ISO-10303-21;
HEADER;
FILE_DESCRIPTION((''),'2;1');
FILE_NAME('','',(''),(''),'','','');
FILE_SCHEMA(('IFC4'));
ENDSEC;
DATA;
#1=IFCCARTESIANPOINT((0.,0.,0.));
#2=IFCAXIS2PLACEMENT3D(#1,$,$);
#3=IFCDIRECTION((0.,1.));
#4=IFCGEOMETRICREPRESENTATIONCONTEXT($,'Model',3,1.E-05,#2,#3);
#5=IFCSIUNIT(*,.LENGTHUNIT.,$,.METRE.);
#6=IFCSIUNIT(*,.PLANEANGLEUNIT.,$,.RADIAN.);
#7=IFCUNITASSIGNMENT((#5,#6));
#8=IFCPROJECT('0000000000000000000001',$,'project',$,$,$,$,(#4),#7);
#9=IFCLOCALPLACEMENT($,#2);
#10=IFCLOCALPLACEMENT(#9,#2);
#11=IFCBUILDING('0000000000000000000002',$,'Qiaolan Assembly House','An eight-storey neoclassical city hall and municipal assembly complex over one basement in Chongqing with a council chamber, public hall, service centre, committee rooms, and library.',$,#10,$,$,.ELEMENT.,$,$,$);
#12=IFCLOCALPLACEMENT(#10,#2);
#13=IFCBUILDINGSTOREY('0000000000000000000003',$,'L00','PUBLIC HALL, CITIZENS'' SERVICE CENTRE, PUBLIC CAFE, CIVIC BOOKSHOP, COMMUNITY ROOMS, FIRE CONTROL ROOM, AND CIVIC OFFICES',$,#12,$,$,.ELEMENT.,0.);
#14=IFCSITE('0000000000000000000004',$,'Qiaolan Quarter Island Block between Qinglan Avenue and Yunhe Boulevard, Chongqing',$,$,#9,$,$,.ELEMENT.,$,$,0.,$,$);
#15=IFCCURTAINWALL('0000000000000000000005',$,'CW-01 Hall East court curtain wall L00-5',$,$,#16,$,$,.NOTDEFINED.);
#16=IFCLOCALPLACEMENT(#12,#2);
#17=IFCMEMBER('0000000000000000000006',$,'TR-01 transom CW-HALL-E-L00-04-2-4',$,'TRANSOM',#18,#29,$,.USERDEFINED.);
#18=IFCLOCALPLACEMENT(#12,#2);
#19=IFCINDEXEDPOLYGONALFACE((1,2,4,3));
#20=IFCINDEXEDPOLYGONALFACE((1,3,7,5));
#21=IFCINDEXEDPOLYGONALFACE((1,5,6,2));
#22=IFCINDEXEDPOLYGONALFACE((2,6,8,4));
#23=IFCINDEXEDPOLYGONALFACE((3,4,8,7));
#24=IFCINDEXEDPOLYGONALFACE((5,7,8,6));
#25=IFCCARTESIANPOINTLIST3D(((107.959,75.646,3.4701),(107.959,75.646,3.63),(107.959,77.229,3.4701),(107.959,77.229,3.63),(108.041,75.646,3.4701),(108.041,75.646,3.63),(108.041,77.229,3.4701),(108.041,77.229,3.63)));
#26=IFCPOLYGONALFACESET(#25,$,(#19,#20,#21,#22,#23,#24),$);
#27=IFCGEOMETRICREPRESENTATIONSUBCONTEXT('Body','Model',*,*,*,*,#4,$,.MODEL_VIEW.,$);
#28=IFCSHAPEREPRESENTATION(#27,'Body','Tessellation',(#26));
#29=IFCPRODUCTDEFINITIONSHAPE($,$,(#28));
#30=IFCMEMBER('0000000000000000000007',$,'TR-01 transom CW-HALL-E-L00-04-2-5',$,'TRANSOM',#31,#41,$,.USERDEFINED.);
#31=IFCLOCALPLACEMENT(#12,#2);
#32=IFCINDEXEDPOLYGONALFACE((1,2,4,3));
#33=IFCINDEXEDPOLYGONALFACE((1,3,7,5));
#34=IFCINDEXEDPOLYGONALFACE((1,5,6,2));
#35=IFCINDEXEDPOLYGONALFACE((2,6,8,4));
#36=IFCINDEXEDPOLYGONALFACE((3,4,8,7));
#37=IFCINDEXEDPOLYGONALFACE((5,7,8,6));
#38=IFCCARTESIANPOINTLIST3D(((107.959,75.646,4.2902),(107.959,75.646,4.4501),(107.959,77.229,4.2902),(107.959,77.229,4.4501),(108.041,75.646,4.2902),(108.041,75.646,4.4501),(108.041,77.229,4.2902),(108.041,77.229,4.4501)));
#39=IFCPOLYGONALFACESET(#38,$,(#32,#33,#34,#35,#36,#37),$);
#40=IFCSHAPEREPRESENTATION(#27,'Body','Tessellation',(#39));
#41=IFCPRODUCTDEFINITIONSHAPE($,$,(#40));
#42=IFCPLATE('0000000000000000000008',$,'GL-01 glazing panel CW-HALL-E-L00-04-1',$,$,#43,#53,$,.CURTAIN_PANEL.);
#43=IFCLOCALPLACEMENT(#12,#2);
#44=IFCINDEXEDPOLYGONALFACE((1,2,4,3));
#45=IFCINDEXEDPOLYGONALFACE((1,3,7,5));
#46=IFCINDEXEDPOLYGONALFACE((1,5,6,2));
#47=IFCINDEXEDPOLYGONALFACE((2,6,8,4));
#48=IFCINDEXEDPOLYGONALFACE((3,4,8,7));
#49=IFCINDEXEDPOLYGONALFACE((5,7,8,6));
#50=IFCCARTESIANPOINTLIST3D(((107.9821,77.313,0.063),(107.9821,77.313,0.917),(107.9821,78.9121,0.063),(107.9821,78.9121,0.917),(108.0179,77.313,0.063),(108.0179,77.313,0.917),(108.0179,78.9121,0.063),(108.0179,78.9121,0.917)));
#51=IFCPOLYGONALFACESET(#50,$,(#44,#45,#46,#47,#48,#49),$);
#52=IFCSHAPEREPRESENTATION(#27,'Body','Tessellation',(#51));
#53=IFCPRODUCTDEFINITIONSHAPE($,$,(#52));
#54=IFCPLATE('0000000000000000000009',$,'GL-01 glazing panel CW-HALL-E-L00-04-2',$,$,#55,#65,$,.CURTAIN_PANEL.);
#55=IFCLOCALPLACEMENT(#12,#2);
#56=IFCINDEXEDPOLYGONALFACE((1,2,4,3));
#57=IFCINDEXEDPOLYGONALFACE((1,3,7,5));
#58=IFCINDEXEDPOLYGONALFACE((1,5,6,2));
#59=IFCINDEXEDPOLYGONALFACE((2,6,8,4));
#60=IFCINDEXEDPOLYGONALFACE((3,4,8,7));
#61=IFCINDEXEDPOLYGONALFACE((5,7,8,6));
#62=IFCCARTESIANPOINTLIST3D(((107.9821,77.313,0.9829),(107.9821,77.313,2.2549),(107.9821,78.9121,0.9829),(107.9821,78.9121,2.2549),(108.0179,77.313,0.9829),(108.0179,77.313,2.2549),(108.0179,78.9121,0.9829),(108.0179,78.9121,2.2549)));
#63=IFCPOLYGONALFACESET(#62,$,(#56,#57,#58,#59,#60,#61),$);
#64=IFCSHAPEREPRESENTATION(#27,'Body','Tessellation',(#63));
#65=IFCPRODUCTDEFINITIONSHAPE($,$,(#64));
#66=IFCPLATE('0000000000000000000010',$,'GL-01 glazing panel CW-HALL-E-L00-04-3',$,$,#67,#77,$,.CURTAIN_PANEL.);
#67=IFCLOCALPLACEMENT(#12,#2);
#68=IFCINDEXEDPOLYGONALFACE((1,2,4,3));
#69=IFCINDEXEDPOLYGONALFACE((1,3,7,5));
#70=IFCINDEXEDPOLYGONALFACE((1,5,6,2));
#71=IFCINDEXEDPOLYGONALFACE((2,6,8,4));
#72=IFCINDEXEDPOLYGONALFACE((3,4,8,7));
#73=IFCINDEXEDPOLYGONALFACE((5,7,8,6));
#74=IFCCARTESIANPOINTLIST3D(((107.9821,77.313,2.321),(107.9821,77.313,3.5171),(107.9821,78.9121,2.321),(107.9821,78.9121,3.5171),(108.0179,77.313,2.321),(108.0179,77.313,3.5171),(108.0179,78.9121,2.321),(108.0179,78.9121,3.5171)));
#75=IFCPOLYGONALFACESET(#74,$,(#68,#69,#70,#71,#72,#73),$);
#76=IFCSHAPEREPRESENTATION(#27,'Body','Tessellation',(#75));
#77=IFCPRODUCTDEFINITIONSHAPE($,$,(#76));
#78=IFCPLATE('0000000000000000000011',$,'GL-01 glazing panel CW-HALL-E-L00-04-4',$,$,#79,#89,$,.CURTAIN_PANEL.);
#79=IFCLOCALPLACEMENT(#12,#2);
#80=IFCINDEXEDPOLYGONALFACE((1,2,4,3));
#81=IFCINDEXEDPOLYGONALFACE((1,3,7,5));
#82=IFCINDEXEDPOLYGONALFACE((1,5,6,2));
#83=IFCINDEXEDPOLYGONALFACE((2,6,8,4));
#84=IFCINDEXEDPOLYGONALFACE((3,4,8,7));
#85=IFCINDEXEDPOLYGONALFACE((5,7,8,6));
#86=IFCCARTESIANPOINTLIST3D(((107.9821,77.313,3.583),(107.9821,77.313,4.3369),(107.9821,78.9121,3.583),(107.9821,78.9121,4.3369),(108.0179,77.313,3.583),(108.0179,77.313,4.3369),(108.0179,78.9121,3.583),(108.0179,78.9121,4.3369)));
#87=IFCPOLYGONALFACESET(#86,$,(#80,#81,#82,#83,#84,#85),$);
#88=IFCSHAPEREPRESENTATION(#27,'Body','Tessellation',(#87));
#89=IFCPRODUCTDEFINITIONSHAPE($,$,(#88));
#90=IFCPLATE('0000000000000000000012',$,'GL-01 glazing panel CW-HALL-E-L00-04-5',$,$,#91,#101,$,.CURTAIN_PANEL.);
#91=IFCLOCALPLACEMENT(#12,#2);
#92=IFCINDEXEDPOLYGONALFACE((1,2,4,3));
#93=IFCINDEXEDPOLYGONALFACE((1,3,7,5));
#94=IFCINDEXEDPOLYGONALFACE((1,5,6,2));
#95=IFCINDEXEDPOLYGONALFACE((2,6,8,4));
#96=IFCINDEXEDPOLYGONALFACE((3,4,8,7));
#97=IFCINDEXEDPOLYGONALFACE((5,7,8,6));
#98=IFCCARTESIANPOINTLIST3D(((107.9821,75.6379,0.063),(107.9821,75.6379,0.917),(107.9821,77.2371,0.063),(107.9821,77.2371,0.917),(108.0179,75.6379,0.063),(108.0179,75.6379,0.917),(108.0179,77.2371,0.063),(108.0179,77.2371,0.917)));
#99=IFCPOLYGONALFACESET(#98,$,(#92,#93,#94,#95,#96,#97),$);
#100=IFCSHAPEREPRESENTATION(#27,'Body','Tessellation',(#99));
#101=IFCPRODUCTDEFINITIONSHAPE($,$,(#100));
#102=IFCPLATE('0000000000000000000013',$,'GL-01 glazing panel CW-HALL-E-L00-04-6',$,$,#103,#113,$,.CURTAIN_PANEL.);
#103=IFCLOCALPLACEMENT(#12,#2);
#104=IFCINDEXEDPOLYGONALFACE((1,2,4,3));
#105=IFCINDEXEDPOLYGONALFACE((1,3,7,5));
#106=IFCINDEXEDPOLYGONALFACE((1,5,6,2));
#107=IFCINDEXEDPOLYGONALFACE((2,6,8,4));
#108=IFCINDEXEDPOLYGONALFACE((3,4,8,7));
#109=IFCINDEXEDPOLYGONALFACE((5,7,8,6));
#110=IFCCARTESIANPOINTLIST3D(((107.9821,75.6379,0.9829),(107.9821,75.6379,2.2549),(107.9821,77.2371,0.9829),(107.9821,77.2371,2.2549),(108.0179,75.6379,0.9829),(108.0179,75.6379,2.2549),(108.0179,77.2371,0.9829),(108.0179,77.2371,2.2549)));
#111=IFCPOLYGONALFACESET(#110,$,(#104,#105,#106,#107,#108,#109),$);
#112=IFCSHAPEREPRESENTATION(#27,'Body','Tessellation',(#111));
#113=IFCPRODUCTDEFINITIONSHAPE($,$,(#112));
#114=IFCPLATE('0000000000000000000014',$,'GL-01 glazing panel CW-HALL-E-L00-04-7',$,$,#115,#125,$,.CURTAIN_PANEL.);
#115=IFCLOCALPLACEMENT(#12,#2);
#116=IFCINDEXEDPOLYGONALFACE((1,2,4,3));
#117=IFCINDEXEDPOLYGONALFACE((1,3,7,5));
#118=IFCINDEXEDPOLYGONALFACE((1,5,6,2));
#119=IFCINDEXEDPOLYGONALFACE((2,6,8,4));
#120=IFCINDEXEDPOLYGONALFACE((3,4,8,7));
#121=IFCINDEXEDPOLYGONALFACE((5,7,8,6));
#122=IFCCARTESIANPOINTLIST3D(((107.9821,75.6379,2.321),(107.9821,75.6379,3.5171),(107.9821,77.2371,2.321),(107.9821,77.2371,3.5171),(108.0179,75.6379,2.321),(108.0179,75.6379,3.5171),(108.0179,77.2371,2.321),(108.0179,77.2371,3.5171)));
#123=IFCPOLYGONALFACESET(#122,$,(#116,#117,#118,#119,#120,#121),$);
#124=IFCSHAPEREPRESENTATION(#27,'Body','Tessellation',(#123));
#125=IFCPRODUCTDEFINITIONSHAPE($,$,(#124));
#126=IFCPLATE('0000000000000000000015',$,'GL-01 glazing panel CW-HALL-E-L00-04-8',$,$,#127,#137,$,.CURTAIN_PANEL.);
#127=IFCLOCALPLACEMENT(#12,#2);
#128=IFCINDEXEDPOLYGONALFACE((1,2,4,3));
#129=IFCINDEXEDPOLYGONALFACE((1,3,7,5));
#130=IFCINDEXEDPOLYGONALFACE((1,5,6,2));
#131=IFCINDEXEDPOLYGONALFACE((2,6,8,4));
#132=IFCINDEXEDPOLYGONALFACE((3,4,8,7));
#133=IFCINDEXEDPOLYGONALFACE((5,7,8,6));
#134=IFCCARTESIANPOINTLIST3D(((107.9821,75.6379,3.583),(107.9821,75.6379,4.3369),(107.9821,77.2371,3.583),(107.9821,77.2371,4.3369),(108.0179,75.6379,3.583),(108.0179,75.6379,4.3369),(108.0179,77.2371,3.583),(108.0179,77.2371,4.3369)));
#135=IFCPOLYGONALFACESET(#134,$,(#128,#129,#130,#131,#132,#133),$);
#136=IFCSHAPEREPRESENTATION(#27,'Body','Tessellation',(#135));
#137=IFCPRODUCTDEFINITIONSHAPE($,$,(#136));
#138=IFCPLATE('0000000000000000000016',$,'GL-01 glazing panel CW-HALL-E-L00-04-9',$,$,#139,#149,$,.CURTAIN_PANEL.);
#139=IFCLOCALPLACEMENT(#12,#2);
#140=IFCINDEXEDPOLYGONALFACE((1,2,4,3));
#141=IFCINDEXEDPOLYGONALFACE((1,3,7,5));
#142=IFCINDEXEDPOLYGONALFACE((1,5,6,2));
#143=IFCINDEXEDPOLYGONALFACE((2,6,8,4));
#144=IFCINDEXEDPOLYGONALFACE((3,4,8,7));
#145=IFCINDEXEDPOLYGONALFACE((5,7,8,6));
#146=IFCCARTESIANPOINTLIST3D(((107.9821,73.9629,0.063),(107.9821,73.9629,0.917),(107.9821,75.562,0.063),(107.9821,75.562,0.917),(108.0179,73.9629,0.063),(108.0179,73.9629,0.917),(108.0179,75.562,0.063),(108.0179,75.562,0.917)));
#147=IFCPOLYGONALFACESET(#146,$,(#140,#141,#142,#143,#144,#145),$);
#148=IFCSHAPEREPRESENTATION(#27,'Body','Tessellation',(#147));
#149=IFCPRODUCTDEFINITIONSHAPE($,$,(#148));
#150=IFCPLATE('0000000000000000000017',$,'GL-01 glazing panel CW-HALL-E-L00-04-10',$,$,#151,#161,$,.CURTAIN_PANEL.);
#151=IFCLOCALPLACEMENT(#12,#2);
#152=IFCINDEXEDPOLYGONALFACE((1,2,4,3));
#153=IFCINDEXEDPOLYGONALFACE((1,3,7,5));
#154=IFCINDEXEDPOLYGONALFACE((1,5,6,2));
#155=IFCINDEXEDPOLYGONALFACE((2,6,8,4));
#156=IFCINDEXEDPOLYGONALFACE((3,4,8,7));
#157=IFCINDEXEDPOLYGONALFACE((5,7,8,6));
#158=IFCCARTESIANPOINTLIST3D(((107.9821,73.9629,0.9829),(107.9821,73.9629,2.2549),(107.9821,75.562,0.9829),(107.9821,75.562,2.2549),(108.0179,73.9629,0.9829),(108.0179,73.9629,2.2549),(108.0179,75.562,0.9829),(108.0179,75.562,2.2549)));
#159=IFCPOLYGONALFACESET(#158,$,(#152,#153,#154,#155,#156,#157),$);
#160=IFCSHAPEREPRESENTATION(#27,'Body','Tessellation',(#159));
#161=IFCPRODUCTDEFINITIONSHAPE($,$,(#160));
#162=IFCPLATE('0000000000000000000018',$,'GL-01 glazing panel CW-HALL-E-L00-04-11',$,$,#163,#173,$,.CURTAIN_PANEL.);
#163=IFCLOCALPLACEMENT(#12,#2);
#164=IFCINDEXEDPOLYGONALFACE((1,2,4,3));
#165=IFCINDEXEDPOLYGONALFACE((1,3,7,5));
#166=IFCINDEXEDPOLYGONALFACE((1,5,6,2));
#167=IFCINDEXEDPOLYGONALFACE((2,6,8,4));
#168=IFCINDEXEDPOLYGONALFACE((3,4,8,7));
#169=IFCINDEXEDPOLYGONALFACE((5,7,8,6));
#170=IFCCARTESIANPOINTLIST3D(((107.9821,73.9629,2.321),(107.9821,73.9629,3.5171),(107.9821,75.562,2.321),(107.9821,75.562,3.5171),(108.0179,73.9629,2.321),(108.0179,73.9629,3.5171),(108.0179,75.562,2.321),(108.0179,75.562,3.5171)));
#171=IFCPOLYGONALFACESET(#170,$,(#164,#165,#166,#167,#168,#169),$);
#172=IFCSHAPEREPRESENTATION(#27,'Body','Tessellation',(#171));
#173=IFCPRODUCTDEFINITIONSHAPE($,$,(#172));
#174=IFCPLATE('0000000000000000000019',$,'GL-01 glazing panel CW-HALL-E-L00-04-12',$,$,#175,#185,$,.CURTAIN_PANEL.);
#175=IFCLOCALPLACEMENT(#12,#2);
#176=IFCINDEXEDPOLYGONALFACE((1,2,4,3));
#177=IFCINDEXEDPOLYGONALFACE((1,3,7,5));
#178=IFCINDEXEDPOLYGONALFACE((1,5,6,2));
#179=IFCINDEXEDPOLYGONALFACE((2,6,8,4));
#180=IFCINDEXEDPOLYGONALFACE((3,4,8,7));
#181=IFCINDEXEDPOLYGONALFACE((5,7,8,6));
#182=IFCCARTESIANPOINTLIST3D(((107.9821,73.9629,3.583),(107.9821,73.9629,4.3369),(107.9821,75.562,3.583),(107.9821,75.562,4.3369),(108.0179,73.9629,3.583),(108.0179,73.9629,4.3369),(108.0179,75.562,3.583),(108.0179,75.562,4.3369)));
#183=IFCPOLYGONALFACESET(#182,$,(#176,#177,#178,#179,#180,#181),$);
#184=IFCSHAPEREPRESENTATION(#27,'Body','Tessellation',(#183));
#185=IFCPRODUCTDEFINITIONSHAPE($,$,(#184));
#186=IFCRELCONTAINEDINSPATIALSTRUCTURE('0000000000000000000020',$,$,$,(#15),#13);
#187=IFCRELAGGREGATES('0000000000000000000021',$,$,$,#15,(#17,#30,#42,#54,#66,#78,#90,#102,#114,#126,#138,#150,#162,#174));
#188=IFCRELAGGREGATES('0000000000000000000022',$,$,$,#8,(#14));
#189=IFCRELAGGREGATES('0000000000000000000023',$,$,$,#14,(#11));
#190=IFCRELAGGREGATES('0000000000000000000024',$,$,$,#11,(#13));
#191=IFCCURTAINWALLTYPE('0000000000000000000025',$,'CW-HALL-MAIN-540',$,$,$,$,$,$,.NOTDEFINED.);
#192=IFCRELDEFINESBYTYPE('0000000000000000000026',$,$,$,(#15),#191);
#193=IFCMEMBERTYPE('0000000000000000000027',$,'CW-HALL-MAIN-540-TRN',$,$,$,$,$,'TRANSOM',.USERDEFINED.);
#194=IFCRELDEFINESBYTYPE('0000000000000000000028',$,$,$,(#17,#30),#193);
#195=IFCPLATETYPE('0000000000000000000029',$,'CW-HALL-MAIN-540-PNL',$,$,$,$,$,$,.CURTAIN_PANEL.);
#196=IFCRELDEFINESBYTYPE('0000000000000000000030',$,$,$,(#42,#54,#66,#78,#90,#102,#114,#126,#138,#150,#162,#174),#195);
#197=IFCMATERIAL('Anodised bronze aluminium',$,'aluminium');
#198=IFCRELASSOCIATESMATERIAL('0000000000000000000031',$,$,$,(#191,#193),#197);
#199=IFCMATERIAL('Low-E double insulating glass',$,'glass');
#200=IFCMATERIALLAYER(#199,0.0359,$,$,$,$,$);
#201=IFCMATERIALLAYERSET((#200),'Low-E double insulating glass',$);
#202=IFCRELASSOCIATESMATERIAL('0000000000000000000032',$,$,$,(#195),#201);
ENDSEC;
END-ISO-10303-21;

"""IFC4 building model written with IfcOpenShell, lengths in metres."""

from ifc_helpers import new_model, si_unit, direction, frame, frame_2d, origin, origin_2d, place, context, subcontext, project, spatial, rectangle, extrude, material, layer, layer_set, material_profile, profile_set, type_object, element, aggregate, save


model = new_model("IFC4")

# Units and contexts
model_context = context("Model", 3, precision=1e-05, world=origin(), true_north=direction((0.0, 1.0)))
body_context = subcontext(model_context, "Body", "Model", "MODEL_VIEW")
ifc_project = project(units=[si_unit("LENGTHUNIT", "METRE"), si_unit("PLANEANGLEUNIT", "RADIAN")], contexts=[model_context])

# Site, building, storey
site_placement = place(None, origin())
site = spatial("IfcSite", under=ifc_project, at=site_placement, Name="Qiaolan Quarter Island Block between Qinglan Avenue and Yunhe Boulevard, Chongqing", CompositionType="ELEMENT", RefElevation=0.0)
building_placement = place(site_placement, origin())
building = spatial("IfcBuilding", under=site, at=building_placement, Name="Qiaolan Assembly House", Description="An eight-storey neoclassical city hall and municipal assembly complex over one basement in Chongqing with a council chamber, public hall, service centre, committee rooms, and library.", CompositionType="ELEMENT")
storey_placement = place(building_placement, origin())
storey = spatial("IfcBuildingStorey", under=building, at=storey_placement, Name="L00", Description="PUBLIC HALL, CITIZENS' SERVICE CENTRE, PUBLIC CAFE, CIVIC BOOKSHOP, COMMUNITY ROOMS, FIRE CONTROL ROOM, AND CIVIC OFFICES", CompositionType="ELEMENT", Elevation=0.0)

# Curtain wall, members, plates
ifc_material_1 = material(Name="Anodised bronze aluminium", Category="aluminium")
curtain_wall_type = type_object("IfcCurtainWallType", Name="CW-HALL-MAIN-540", PredefinedType="NOTDEFINED", material=ifc_material_1)
curtain_wall_placement = place(storey_placement, origin())
curtain_wall = element("IfcCurtainWall", 1, at=curtain_wall_placement, inside=storey, type_object=curtain_wall_type, Name="CW-01 Hall East court curtain wall L00-5", PredefinedType="NOTDEFINED")
ifc_material_profile_1 = material_profile(ifc_material_1, rectangle(XDim=0.082, YDim=0.1599, at=origin_2d()), Name="TRN 82x160")
ifc_profile_set_1 = profile_set([ifc_material_profile_1], Name="Anodised bronze aluminium")
member_type_1 = type_object("IfcMemberType", Name="CW-HALL-MAIN-540-TRN", ElementType="TRANSOM", PredefinedType="USERDEFINED", material=ifc_profile_set_1)
member_1_placement = place(storey_placement, frame((108.0, 77.229, 3.55), z_axis=(0.0, -1.0, 0.0), x_axis=(1.0, 0.0, 0.0)))
member_1 = element("IfcMember", 2, at=member_1_placement, type_object=member_type_1, Name="TR-01 transom CW-HALL-E-L00-04-2-4", ObjectType="TRANSOM", PredefinedType="USERDEFINED", context=body_context, shape_type="SweptSolid", body=[
    extrude(rectangle(XDim=0.082, YDim=0.1599, at=origin_2d()), origin(), (0.0, 0.0, 1.0), 1.583),
])
member_2_placement = place(storey_placement, frame((108.0, 77.229, 4.3701), z_axis=(0.0, -1.0, 0.0), x_axis=(1.0, 0.0, 0.0)))
member_2 = element("IfcMember", 3, at=member_2_placement, type_object=member_type_1, Name="TR-01 transom CW-HALL-E-L00-04-2-5", ObjectType="TRANSOM", PredefinedType="USERDEFINED", context=body_context, shape_type="SweptSolid", body=[
    extrude(rectangle(XDim=0.082, YDim=0.1599, at=origin_2d()), origin(), (0.0, 0.0, 1.0), 1.583),
])
ifc_material_2 = material(Name="Low-E double insulating glass", Category="glass")
ifc_layer = layer(ifc_material_2, 0.0359)
ifc_layer_set = layer_set([ifc_layer], Name="Low-E double insulating glass")
plate_type = type_object("IfcPlateType", Name="CW-HALL-MAIN-540-PNL", PredefinedType="CURTAIN_PANEL", material=ifc_layer_set)
plate_1_placement = place(storey_placement, frame((108.0, 78.9121, 0.063), z_axis=(0.0, 0.0, 1.0), x_axis=(0.0, -1.0, 0.0)))
plate_1 = element("IfcPlate", 4, at=plate_1_placement, type_object=plate_type, Name="GL-01 glazing panel CW-HALL-E-L00-04-1", PredefinedType="CURTAIN_PANEL", context=body_context, shape_type="SweptSolid", body=[
    extrude(rectangle(XDim=1.5991, YDim=0.0359, at=frame_2d((0.7996, 0.0))), origin(), (0.0, 0.0, 1.0), 0.854),
])
plate_2_placement = place(storey_placement, frame((108.0, 78.9121, 0.9829), z_axis=(0.0, 0.0, 1.0), x_axis=(0.0, -1.0, 0.0)))
plate_2 = element("IfcPlate", 5, at=plate_2_placement, type_object=plate_type, Name="GL-01 glazing panel CW-HALL-E-L00-04-2", PredefinedType="CURTAIN_PANEL", context=body_context, shape_type="SweptSolid", body=[
    extrude(rectangle(XDim=1.5991, YDim=0.0359, at=frame_2d((0.7996, 0.0))), origin(), (0.0, 0.0, 1.0), 1.272),
])
plate_3_placement = place(storey_placement, frame((108.0, 78.9121, 2.321), z_axis=(0.0, 0.0, 1.0), x_axis=(0.0, -1.0, 0.0)))
plate_3 = element("IfcPlate", 6, at=plate_3_placement, type_object=plate_type, Name="GL-01 glazing panel CW-HALL-E-L00-04-3", PredefinedType="CURTAIN_PANEL", context=body_context, shape_type="SweptSolid", body=[
    extrude(rectangle(XDim=1.5991, YDim=0.0359, at=frame_2d((0.7996, 0.0))), origin(), (0.0, 0.0, 1.0), 1.196),
])
plate_4_placement = place(storey_placement, frame((108.0, 78.9121, 3.583), z_axis=(0.0, 0.0, 1.0), x_axis=(0.0, -1.0, 0.0)))
plate_4 = element("IfcPlate", 7, at=plate_4_placement, type_object=plate_type, Name="GL-01 glazing panel CW-HALL-E-L00-04-4", PredefinedType="CURTAIN_PANEL", context=body_context, shape_type="SweptSolid", body=[
    extrude(rectangle(XDim=1.5991, YDim=0.0359, at=frame_2d((0.7996, 0.0))), origin(), (0.0, 0.0, 1.0), 0.7539),
])
plate_5_placement = place(storey_placement, frame((108.0, 77.2371, 0.063), z_axis=(0.0, 0.0, 1.0), x_axis=(0.0, -1.0, 0.0)))
plate_5 = element("IfcPlate", 8, at=plate_5_placement, type_object=plate_type, Name="GL-01 glazing panel CW-HALL-E-L00-04-5", PredefinedType="CURTAIN_PANEL", context=body_context, shape_type="SweptSolid", body=[
    extrude(rectangle(XDim=1.5991, YDim=0.0359, at=frame_2d((0.7996, 0.0))), origin(), (0.0, 0.0, 1.0), 0.854),
])
plate_6_placement = place(storey_placement, frame((108.0, 77.2371, 0.9829), z_axis=(0.0, 0.0, 1.0), x_axis=(0.0, -1.0, 0.0)))
plate_6 = element("IfcPlate", 9, at=plate_6_placement, type_object=plate_type, Name="GL-01 glazing panel CW-HALL-E-L00-04-6", PredefinedType="CURTAIN_PANEL", context=body_context, shape_type="SweptSolid", body=[
    extrude(rectangle(XDim=1.5991, YDim=0.0359, at=frame_2d((0.7996, 0.0))), origin(), (0.0, 0.0, 1.0), 1.272),
])
plate_7_placement = place(storey_placement, frame((108.0, 77.2371, 2.321), z_axis=(0.0, 0.0, 1.0), x_axis=(0.0, -1.0, 0.0)))
plate_7 = element("IfcPlate", 10, at=plate_7_placement, type_object=plate_type, Name="GL-01 glazing panel CW-HALL-E-L00-04-7", PredefinedType="CURTAIN_PANEL", context=body_context, shape_type="SweptSolid", body=[
    extrude(rectangle(XDim=1.5991, YDim=0.0359, at=frame_2d((0.7996, 0.0))), origin(), (0.0, 0.0, 1.0), 1.196),
])
plate_8_placement = place(storey_placement, frame((108.0, 77.2371, 3.583), z_axis=(0.0, 0.0, 1.0), x_axis=(0.0, -1.0, 0.0)))
plate_8 = element("IfcPlate", 11, at=plate_8_placement, type_object=plate_type, Name="GL-01 glazing panel CW-HALL-E-L00-04-8", PredefinedType="CURTAIN_PANEL", context=body_context, shape_type="SweptSolid", body=[
    extrude(rectangle(XDim=1.5991, YDim=0.0359, at=frame_2d((0.7996, 0.0))), origin(), (0.0, 0.0, 1.0), 0.7539),
])
plate_9_placement = place(storey_placement, frame((108.0, 75.562, 0.063), z_axis=(0.0, 0.0, 1.0), x_axis=(0.0, -1.0, 0.0)))
plate_9 = element("IfcPlate", 12, at=plate_9_placement, type_object=plate_type, Name="GL-01 glazing panel CW-HALL-E-L00-04-9", PredefinedType="CURTAIN_PANEL", context=body_context, shape_type="SweptSolid", body=[
    extrude(rectangle(XDim=1.5991, YDim=0.0359, at=frame_2d((0.7996, 0.0))), origin(), (0.0, 0.0, 1.0), 0.854),
])
plate_10_placement = place(storey_placement, frame((108.0, 75.562, 0.9829), z_axis=(0.0, 0.0, 1.0), x_axis=(0.0, -1.0, 0.0)))
plate_10 = element("IfcPlate", 13, at=plate_10_placement, type_object=plate_type, Name="GL-01 glazing panel CW-HALL-E-L00-04-10", PredefinedType="CURTAIN_PANEL", context=body_context, shape_type="SweptSolid", body=[
    extrude(rectangle(XDim=1.5991, YDim=0.0359, at=frame_2d((0.7996, 0.0))), origin(), (0.0, 0.0, 1.0), 1.272),
])
plate_11_placement = place(storey_placement, frame((108.0, 75.562, 2.321), z_axis=(0.0, 0.0, 1.0), x_axis=(0.0, -1.0, 0.0)))
plate_11 = element("IfcPlate", 14, at=plate_11_placement, type_object=plate_type, Name="GL-01 glazing panel CW-HALL-E-L00-04-11", PredefinedType="CURTAIN_PANEL", context=body_context, shape_type="SweptSolid", body=[
    extrude(rectangle(XDim=1.5991, YDim=0.0359, at=frame_2d((0.7996, 0.0))), origin(), (0.0, 0.0, 1.0), 1.196),
])
plate_12_placement = place(storey_placement, frame((108.0, 75.562, 3.583), z_axis=(0.0, 0.0, 1.0), x_axis=(0.0, -1.0, 0.0)))
plate_12 = element("IfcPlate", 15, at=plate_12_placement, type_object=plate_type, Name="GL-01 glazing panel CW-HALL-E-L00-04-12", PredefinedType="CURTAIN_PANEL", context=body_context, shape_type="SweptSolid", body=[
    extrude(rectangle(XDim=1.5991, YDim=0.0359, at=frame_2d((0.7996, 0.0))), origin(), (0.0, 0.0, 1.0), 0.7539),
])
aggregate(curtain_wall, [member_1, member_2, plate_1, plate_2, plate_3, plate_4, plate_5, plate_6, plate_7, plate_8, plate_9, plate_10, plate_11, plate_12])

save(model, "model.ifc")
